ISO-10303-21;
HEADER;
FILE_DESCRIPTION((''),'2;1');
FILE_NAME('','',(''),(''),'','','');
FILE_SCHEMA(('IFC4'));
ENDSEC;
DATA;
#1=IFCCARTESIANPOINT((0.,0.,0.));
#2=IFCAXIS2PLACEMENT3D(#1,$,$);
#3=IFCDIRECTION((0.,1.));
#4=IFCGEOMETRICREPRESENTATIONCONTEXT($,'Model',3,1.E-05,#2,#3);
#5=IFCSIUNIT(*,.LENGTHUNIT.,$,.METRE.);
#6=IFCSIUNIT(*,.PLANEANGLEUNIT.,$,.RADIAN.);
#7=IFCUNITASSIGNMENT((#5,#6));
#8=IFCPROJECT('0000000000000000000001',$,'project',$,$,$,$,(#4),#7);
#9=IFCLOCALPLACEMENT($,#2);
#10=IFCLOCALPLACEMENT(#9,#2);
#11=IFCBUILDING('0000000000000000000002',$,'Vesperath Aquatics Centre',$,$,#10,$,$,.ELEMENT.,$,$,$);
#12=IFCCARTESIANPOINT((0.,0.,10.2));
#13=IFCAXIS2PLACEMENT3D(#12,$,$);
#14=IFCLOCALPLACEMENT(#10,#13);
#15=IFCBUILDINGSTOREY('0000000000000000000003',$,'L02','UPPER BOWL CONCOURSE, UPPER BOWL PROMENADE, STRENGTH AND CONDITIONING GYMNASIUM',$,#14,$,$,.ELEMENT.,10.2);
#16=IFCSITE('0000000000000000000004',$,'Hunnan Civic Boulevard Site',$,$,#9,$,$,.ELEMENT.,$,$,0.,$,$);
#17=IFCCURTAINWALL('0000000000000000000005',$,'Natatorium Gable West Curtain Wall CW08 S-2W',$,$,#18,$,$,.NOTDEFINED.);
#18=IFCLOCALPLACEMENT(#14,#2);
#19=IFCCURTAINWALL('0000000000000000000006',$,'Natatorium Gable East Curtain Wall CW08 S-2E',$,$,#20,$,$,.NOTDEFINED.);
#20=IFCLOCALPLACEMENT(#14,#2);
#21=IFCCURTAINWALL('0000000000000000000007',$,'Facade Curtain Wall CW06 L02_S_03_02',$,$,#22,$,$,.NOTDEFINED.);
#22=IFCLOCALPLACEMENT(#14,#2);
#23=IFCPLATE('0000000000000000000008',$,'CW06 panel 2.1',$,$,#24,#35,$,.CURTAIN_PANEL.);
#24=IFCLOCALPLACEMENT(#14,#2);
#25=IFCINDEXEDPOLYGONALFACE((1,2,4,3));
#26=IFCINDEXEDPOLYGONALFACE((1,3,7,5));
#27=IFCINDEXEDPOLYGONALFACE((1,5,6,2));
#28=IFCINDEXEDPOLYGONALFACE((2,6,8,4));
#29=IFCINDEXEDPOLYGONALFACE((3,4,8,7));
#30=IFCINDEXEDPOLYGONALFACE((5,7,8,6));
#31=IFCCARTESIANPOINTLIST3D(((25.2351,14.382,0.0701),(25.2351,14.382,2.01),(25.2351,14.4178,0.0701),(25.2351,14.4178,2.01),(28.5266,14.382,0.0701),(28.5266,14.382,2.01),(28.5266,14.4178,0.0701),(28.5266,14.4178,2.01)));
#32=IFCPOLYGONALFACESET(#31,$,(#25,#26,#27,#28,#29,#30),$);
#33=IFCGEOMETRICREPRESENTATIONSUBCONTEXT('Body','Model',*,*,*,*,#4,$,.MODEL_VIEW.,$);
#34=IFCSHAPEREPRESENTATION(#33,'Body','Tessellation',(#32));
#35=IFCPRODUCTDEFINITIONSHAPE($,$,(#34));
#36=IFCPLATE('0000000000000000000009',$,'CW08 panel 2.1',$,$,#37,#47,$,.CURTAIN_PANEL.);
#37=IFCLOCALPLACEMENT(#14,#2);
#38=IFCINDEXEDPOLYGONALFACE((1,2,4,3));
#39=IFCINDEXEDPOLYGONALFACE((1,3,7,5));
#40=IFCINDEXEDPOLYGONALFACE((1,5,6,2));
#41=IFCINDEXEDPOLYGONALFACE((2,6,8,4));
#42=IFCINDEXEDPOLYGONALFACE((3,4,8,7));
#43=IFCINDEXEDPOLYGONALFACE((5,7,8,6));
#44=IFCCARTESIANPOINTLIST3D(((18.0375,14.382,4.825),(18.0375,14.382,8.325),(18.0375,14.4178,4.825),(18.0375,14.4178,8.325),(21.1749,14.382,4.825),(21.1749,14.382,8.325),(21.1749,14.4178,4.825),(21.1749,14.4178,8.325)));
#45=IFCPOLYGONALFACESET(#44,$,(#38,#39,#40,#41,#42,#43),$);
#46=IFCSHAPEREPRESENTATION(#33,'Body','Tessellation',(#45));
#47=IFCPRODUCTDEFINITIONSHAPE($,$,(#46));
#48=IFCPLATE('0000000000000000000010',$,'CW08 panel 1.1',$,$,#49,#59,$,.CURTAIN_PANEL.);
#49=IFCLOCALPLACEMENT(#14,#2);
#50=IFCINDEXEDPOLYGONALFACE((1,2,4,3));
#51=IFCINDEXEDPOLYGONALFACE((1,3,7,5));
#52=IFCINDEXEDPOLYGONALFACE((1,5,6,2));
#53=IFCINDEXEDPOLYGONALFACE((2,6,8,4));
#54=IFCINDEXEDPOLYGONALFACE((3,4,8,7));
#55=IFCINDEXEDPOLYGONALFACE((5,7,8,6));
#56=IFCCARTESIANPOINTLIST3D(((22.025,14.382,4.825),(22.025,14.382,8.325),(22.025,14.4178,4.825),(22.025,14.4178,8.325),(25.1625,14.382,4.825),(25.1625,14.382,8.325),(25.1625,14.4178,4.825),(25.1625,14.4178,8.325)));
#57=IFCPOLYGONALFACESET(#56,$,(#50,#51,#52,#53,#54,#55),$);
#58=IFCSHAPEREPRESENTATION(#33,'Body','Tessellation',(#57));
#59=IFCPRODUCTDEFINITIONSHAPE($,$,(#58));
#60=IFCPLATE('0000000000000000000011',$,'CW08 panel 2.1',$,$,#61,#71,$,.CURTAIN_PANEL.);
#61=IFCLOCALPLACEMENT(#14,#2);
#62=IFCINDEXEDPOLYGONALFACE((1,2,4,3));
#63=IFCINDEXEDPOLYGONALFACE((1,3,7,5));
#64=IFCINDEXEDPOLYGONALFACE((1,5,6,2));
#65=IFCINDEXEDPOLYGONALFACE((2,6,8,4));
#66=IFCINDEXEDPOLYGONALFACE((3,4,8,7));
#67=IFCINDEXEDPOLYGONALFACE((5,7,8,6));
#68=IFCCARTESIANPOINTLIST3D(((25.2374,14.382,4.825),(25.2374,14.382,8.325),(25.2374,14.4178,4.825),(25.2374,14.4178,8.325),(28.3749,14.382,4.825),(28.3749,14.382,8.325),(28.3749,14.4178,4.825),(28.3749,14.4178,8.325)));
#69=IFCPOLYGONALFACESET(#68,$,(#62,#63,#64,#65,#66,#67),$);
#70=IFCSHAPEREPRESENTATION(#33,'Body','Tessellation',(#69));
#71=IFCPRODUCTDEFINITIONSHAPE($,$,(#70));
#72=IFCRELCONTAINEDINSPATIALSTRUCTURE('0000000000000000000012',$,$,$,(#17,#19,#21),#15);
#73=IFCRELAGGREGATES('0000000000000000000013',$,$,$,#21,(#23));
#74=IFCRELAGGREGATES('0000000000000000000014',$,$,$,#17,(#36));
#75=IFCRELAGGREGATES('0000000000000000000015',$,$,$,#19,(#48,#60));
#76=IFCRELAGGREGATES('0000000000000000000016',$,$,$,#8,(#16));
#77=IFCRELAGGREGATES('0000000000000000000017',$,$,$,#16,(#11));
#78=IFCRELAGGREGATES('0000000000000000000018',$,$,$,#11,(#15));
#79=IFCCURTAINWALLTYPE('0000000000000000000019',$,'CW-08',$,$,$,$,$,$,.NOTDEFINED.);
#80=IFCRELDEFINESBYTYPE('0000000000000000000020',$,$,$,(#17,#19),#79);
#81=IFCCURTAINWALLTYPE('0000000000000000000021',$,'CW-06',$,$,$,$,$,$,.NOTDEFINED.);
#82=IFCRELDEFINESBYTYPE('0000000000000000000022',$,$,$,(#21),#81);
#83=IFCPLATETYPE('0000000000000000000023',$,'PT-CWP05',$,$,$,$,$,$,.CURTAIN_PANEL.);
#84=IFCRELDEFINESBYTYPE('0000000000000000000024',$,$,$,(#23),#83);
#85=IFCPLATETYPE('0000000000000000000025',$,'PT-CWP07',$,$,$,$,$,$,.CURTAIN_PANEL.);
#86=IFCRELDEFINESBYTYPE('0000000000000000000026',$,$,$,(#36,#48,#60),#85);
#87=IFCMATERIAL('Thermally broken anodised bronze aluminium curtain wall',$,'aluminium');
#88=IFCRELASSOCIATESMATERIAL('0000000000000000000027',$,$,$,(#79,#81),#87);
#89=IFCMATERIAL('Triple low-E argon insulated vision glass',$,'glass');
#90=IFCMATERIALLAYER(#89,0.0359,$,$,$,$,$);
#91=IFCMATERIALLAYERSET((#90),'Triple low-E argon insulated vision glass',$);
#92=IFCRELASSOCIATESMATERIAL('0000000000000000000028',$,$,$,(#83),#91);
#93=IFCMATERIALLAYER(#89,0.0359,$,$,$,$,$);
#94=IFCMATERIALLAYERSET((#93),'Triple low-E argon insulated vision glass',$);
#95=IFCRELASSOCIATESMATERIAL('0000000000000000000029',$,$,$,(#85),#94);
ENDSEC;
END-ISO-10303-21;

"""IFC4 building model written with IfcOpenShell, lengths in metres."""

from ifc_helpers import new_model, si_unit, direction, frame, origin, origin_2d, place, context, subcontext, project, spatial, rectangle, extrude, material, layer, layer_set, type_object, element, aggregate, save


model = new_model("IFC4")

# Units and contexts
model_context = context("Model", 3, precision=1e-05, world=origin(), true_north=direction((0.0, 1.0)))
body_context = subcontext(model_context, "Body", "Model", "MODEL_VIEW")
ifc_project = project(units=[si_unit("LENGTHUNIT", "METRE"), si_unit("PLANEANGLEUNIT", "RADIAN")], contexts=[model_context])

# Site, building, storey
site_placement = place(None, origin())
site = spatial("IfcSite", under=ifc_project, at=site_placement, Name="Hunnan Civic Boulevard Site", CompositionType="ELEMENT", RefElevation=0.0)
building_placement = place(site_placement, origin())
building = spatial("IfcBuilding", under=site, at=building_placement, Name="Vesperath Aquatics Centre", CompositionType="ELEMENT")
storey_placement = place(building_placement, frame((0.0, 0.0, 10.2)))
storey = spatial("IfcBuildingStorey", under=building, at=storey_placement, Name="L02", Description="UPPER BOWL CONCOURSE, UPPER BOWL PROMENADE, STRENGTH AND CONDITIONING GYMNASIUM", CompositionType="ELEMENT", Elevation=10.2)

# Curtain wall
ifc_material_1 = material(Name="Thermally broken anodised bronze aluminium curtain wall", Category="aluminium")
curtain_wall_type_1 = type_object("IfcCurtainWallType", Name="CW-08", PredefinedType="NOTDEFINED", material=ifc_material_1)
curtain_wall_1_placement = place(storey_placement, origin())
curtain_wall_1 = element("IfcCurtainWall", 1, at=curtain_wall_1_placement, inside=storey, type_object=curtain_wall_type_1, Name="Natatorium Gable West Curtain Wall CW08 S-2W", PredefinedType="NOTDEFINED")

# Curtain wall
curtain_wall_2_placement = place(storey_placement, origin())
curtain_wall_2 = element("IfcCurtainWall", 2, at=curtain_wall_2_placement, inside=storey, type_object=curtain_wall_type_1, Name="Natatorium Gable East Curtain Wall CW08 S-2E", PredefinedType="NOTDEFINED")

# Shared definitions
curtain_wall_type_2 = type_object("IfcCurtainWallType", Name="CW-06", PredefinedType="NOTDEFINED", material=ifc_material_1)

# Curtain wall
curtain_wall_3_placement = place(storey_placement, origin())
curtain_wall_3 = element("IfcCurtainWall", 3, at=curtain_wall_3_placement, inside=storey, type_object=curtain_wall_type_2, Name="Facade Curtain Wall CW06 L02_S_03_02", PredefinedType="NOTDEFINED")

# Plates
ifc_material_2 = material(Name="Triple low-E argon insulated vision glass", Category="glass")
ifc_layer_1 = layer(ifc_material_2, 0.0359)
ifc_layer_set_1 = layer_set([ifc_layer_1], Name="Triple low-E argon insulated vision glass")
plate_type_1 = type_object("IfcPlateType", Name="PT-CWP05", PredefinedType="CURTAIN_PANEL", material=ifc_layer_set_1)
plate_1_placement = place(storey_placement, frame((26.8809, 14.3999, 0.0701), z_axis=(0.0, 0.0, 1.0), x_axis=(1.0, 0.0, 0.0)))
plate_1 = element("IfcPlate", 4, at=plate_1_placement, type_object=plate_type_1, Name="CW06 panel 2.1", PredefinedType="CURTAIN_PANEL", context=body_context, shape_type="SweptSolid", body=[
    extrude(rectangle(XDim=3.2915, YDim=0.0359, at=origin_2d()), origin(), (0.0, 0.0, 1.0), 1.9399),
])
aggregate(curtain_wall_3, [plate_1])
ifc_layer_2 = layer(ifc_material_2, 0.0359)
ifc_layer_set_2 = layer_set([ifc_layer_2], Name="Triple low-E argon insulated vision glass")
plate_type_2 = type_object("IfcPlateType", Name="PT-CWP07", PredefinedType="CURTAIN_PANEL", material=ifc_layer_set_2)
plate_2_placement = place(storey_placement, frame((19.6062, 14.3999, 4.825), z_axis=(0.0, 0.0, 1.0), x_axis=(1.0, 0.0, 0.0)))
plate_2 = element("IfcPlate", 5, at=plate_2_placement, type_object=plate_type_2, Name="CW08 panel 2.1", PredefinedType="CURTAIN_PANEL", context=body_context, shape_type="SweptSolid", body=[
    extrude(rectangle(XDim=3.1375, YDim=0.0359, at=origin_2d()), origin(), (0.0, 0.0, 1.0), 3.5),
])
aggregate(curtain_wall_1, [plate_2])
plate_3_placement = place(storey_placement, frame((23.5938, 14.3999, 4.825), z_axis=(0.0, 0.0, 1.0), x_axis=(1.0, 0.0, 0.0)))
plate_3 = element("IfcPlate", 6, at=plate_3_placement, type_object=plate_type_2, Name="CW08 panel 1.1", PredefinedType="CURTAIN_PANEL", context=body_context, shape_type="SweptSolid", body=[
    extrude(rectangle(XDim=3.1375, YDim=0.0359, at=origin_2d()), origin(), (0.0, 0.0, 1.0), 3.5),
])
plate_4_placement = place(storey_placement, frame((26.8062, 14.3999, 4.825), z_axis=(0.0, 0.0, 1.0), x_axis=(1.0, 0.0, 0.0)))
plate_4 = element("IfcPlate", 7, at=plate_4_placement, type_object=plate_type_2, Name="CW08 panel 2.1", PredefinedType="CURTAIN_PANEL", context=body_context, shape_type="SweptSolid", body=[
    extrude(rectangle(XDim=3.1375, YDim=0.0359, at=origin_2d()), origin(), (0.0, 0.0, 1.0), 3.5),
])
aggregate(curtain_wall_2, [plate_3, plate_4])

save(model, "model.ifc")
